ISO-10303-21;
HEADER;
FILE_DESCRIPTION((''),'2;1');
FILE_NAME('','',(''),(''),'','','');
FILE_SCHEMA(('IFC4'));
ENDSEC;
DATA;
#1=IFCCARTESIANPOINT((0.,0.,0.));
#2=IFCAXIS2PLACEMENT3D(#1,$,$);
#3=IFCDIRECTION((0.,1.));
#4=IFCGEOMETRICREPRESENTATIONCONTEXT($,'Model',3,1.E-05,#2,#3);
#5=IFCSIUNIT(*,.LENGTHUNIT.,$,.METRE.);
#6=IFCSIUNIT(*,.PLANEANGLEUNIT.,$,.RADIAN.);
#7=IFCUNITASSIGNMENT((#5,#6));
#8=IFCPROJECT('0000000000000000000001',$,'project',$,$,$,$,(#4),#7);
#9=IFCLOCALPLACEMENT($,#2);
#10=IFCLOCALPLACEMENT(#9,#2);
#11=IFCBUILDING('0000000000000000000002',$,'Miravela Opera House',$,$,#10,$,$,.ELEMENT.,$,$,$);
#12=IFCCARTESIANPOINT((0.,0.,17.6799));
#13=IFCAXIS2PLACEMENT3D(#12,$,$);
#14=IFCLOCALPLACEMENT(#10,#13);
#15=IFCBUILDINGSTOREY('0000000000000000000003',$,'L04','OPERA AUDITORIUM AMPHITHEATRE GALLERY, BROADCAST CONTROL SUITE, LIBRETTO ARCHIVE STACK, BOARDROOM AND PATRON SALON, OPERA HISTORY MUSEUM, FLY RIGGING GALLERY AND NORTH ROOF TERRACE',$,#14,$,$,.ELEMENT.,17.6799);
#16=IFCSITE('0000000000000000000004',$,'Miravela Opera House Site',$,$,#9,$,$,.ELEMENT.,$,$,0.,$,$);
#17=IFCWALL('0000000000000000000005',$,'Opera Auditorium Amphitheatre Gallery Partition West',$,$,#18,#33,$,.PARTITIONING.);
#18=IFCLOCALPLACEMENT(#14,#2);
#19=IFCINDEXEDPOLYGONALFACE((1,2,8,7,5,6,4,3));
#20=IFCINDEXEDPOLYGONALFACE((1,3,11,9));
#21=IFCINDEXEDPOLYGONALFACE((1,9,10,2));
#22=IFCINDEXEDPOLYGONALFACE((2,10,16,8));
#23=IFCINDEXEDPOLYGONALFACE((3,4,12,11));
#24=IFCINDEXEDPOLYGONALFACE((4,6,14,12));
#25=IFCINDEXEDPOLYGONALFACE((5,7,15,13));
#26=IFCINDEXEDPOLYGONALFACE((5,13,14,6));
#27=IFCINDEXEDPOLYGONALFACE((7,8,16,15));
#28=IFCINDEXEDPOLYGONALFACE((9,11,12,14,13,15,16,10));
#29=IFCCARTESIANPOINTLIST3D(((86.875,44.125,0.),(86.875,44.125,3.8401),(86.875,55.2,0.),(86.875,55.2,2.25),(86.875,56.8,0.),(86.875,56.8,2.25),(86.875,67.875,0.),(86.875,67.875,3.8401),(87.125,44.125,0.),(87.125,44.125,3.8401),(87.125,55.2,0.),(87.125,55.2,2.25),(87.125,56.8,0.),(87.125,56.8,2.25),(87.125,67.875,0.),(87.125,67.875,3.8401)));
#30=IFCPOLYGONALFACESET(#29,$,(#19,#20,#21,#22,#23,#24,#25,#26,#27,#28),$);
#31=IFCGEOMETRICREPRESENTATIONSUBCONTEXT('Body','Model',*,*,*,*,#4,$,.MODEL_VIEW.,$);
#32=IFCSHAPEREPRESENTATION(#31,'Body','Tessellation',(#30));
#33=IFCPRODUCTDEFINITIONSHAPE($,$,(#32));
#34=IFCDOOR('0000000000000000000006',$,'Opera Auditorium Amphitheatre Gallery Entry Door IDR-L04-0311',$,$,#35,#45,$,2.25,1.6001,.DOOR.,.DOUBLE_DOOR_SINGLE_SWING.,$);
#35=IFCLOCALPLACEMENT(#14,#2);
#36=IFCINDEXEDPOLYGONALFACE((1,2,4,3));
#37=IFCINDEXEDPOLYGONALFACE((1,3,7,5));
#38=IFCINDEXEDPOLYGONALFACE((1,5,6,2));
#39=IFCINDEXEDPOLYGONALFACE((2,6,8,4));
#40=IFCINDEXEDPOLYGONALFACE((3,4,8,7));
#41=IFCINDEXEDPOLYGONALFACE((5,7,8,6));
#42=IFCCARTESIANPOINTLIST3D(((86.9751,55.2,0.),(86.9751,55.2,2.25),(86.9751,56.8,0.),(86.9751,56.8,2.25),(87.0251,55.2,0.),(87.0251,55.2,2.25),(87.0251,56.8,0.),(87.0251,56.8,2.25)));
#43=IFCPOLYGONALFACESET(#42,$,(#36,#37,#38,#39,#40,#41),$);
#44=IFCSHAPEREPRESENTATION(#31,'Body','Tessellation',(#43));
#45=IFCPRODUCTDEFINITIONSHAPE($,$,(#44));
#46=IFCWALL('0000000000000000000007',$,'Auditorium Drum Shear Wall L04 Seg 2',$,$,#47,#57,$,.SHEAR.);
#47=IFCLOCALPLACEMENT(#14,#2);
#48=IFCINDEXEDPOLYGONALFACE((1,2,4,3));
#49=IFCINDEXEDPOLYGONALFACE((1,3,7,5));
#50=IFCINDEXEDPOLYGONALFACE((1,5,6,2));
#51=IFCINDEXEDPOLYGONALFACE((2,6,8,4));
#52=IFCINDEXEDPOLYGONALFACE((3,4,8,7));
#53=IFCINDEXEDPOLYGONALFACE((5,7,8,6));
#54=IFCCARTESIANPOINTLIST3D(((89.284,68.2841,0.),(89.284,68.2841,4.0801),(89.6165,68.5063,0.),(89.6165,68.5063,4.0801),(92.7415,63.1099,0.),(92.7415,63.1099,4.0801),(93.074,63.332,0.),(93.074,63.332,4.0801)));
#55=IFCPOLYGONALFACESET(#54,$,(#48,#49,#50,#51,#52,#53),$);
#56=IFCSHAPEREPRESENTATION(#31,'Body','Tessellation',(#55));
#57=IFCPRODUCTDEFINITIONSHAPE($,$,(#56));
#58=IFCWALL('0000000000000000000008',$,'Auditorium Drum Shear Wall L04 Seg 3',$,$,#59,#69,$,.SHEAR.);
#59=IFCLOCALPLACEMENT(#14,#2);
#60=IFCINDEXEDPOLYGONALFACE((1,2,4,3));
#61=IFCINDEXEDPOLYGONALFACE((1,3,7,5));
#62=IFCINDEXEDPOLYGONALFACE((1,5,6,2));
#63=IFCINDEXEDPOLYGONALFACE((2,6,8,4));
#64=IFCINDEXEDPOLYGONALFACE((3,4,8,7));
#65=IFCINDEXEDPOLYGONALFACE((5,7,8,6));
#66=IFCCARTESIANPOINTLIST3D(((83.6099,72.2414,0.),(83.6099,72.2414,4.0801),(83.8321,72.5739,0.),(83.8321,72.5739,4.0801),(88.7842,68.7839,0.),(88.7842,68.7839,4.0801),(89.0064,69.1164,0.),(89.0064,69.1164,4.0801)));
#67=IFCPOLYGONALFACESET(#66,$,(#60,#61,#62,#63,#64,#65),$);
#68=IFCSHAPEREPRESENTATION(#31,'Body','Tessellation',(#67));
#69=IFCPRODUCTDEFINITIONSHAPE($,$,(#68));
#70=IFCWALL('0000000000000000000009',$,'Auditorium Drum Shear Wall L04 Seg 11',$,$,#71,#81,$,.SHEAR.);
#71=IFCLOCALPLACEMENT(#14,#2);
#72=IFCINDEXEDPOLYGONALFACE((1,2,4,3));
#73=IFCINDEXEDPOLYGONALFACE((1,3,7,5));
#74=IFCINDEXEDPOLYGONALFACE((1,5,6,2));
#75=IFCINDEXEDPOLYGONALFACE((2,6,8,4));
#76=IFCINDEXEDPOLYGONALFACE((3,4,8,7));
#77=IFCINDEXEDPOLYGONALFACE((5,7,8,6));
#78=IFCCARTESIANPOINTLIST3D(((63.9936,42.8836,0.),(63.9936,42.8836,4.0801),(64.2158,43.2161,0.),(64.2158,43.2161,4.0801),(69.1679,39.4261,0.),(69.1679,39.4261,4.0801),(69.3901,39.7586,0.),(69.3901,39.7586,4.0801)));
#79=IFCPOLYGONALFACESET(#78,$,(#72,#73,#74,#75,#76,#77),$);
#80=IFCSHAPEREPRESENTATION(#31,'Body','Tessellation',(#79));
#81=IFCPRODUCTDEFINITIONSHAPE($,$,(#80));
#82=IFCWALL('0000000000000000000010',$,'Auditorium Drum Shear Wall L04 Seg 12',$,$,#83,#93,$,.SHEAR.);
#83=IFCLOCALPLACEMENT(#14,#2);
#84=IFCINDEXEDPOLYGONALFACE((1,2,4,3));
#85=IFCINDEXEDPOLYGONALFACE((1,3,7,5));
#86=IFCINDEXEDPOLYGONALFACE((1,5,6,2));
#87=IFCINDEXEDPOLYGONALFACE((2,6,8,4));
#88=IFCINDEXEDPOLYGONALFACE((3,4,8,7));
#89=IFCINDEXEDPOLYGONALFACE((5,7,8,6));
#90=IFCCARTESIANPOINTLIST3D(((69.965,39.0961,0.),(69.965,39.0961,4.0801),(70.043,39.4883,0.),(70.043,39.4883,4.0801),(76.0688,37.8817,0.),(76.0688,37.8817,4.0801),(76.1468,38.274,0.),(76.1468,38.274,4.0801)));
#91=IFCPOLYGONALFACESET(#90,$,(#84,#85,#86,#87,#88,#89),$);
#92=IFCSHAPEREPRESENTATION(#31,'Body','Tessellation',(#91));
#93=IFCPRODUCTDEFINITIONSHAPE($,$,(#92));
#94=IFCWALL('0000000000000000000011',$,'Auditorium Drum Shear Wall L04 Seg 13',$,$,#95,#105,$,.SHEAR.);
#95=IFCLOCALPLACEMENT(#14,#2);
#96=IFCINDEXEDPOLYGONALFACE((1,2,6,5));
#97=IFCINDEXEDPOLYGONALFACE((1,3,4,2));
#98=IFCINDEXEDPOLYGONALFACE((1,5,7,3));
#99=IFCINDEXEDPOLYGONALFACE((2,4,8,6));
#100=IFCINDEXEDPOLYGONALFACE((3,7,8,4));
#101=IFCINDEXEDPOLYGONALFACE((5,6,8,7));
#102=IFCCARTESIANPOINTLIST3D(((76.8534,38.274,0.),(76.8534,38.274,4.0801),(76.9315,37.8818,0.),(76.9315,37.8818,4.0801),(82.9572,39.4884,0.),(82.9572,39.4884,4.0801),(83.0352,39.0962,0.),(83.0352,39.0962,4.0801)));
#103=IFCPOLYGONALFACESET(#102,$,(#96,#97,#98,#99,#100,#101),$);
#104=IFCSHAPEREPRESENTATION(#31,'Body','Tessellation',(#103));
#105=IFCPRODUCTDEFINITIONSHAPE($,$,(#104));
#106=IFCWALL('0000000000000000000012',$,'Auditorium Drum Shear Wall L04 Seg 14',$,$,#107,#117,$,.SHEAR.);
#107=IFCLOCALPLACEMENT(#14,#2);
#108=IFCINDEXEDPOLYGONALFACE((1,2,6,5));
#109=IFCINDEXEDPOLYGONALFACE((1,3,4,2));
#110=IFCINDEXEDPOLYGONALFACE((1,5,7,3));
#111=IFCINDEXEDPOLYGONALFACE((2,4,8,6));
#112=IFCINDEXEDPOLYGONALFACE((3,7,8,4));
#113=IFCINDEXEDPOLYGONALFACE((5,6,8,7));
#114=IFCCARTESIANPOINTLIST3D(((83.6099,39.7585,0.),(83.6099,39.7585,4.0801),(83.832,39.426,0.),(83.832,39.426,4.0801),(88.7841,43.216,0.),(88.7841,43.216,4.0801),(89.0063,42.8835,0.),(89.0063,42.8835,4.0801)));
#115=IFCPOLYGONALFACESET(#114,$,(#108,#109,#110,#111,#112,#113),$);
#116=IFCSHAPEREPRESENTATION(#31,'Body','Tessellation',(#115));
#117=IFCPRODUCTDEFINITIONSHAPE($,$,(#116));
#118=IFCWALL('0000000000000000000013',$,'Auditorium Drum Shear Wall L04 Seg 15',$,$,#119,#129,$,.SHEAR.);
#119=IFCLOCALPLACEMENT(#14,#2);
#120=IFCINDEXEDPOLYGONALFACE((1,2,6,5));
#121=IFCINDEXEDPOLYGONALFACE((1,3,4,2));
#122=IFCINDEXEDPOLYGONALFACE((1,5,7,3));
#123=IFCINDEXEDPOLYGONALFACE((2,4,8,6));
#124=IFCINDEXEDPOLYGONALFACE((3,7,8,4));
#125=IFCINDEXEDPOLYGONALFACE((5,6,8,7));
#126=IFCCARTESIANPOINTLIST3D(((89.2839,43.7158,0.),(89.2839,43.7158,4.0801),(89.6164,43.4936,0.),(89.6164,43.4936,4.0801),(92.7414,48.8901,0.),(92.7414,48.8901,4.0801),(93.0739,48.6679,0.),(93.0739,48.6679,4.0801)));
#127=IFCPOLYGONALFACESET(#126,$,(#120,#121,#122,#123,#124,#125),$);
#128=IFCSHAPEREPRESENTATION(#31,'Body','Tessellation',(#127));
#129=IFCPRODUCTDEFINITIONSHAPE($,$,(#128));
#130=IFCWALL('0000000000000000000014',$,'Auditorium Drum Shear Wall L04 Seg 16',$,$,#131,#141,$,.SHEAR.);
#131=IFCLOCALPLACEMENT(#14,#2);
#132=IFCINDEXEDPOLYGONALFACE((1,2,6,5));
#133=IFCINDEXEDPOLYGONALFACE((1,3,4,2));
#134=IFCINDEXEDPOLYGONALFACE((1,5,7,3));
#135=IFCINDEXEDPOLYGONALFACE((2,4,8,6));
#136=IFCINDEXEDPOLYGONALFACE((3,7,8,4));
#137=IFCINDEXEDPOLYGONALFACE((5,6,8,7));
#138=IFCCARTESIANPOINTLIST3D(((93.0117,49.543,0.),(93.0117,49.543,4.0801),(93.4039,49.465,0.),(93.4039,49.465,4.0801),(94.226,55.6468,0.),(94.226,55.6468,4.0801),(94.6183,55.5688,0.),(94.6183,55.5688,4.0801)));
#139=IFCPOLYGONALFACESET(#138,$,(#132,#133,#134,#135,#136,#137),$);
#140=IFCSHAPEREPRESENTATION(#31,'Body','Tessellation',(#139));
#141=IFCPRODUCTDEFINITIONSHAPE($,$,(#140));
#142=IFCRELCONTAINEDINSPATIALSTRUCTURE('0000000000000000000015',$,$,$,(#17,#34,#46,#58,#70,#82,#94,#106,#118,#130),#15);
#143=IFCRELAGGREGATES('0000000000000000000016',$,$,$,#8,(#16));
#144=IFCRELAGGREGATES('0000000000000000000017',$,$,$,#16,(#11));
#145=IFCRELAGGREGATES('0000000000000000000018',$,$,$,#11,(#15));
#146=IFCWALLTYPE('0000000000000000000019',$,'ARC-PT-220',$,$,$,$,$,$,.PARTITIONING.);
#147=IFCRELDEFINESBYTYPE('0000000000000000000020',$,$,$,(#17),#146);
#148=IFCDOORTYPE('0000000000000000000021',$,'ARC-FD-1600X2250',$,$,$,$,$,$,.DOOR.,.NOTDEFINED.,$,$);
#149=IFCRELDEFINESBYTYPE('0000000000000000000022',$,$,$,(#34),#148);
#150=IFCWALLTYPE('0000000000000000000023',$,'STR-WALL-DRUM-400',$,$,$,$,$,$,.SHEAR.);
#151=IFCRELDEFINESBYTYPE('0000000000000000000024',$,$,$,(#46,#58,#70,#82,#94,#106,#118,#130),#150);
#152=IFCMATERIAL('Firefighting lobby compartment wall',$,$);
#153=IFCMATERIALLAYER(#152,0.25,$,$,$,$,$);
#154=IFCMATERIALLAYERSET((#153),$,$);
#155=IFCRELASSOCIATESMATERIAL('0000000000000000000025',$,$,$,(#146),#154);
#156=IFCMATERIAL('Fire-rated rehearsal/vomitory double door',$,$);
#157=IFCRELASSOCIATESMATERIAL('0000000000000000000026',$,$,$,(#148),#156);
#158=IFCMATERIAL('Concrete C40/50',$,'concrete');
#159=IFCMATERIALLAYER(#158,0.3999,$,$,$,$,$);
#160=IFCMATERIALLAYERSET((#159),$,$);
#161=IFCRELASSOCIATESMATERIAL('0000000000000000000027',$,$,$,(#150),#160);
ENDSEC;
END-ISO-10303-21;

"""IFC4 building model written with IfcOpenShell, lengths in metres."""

from ifc_helpers import new_model, si_unit, direction, frame, frame_2d, origin, place, context, subcontext, project, spatial, rectangle, extrude, material, layer, layer_set, type_object, element, fill, save


model = new_model("IFC4")

# Units and contexts
model_context = context("Model", 3, precision=1e-05, world=origin(), true_north=direction((0.0, 1.0)))
body_context = subcontext(model_context, "Body", "Model", "MODEL_VIEW")
ifc_project = project(units=[si_unit("LENGTHUNIT", "METRE"), si_unit("PLANEANGLEUNIT", "RADIAN")], contexts=[model_context])

# Site, building, storey
site_placement = place(None, origin())
site = spatial("IfcSite", under=ifc_project, at=site_placement, Name="Miravela Opera House Site", CompositionType="ELEMENT", RefElevation=0.0)
building_placement = place(site_placement, origin())
building = spatial("IfcBuilding", under=site, at=building_placement, Name="Miravela Opera House", CompositionType="ELEMENT")
storey_placement = place(building_placement, frame((0.0, 0.0, 17.6799)))
storey = spatial("IfcBuildingStorey", under=building, at=storey_placement, Name="L04", Description="OPERA AUDITORIUM AMPHITHEATRE GALLERY, BROADCAST CONTROL SUITE, LIBRETTO ARCHIVE STACK, BOARDROOM AND PATRON SALON, OPERA HISTORY MUSEUM, FLY RIGGING GALLERY AND NORTH ROOF TERRACE", CompositionType="ELEMENT", Elevation=17.6799)

# Shared definitions
ifc_material_1 = material(Name="Concrete C40/50", Category="concrete")

# Shared definitions
ifc_material_2 = material(Name="Firefighting lobby compartment wall")
ifc_layer_1 = layer(ifc_material_2, 0.25)
ifc_layer_set_1 = layer_set([ifc_layer_1])
wall_type_1 = type_object("IfcWallType", Name="ARC-PT-220", PredefinedType="PARTITIONING", material=ifc_layer_set_1)

# Wall, opening, door
wall_1_placement = place(storey_placement, frame((87.0, 44.125, 0.0), z_axis=(0.0, 0.0, 1.0), x_axis=(0.0, 1.0, 0.0)))
wall_1 = element("IfcWall", 1, at=wall_1_placement, inside=storey, type_object=wall_type_1, Name="Opera Auditorium Amphitheatre Gallery Partition West", PredefinedType="PARTITIONING", context=body_context, shape_type="SweptSolid", body=[
    extrude(rectangle(XDim=23.75, YDim=0.25, at=frame_2d((11.875, 0.0))), origin(), (0.0, 0.0, 1.0), 3.8401),
])
opening_placement = place(wall_1_placement, frame((11.075, 0.0, 0.0)))
opening = element("IfcOpeningElement", 2, at=opening_placement, cuts=wall_1, PredefinedType="OPENING", context=body_context, shape_type="SweptSolid", body=[
    extrude(rectangle(XDim=1.6001, YDim=2.25, at=frame_2d((0.8, 1.125))), frame((0.0, 0.135, 0.0), z_axis=(0.0, -1.0, 0.0), x_axis=(1.0, 0.0, 0.0)), (0.0, 0.0, 1.0), 0.27),
])
ifc_material_3 = material(Name="Fire-rated rehearsal/vomitory double door")
door_type = type_object("IfcDoorType", Name="ARC-FD-1600X2250", OperationType="NOTDEFINED", PredefinedType="DOOR", material=ifc_material_3)
door_placement = place(opening_placement, origin())
door = element("IfcDoor", 3, at=door_placement, inside=storey, type_object=door_type, Name="Opera Auditorium Amphitheatre Gallery Entry Door IDR-L04-0311", OperationType="DOUBLE_DOOR_SINGLE_SWING", OverallHeight=2.25, OverallWidth=1.6001, PredefinedType="DOOR", context=body_context, shape_type="SweptSolid", body=[
    extrude(rectangle(XDim=1.6001, YDim=2.25, at=frame_2d((0.8, 1.125))), frame((0.0, 0.0249, 0.0), z_axis=(0.0, -1.0, 0.0), x_axis=(1.0, 0.0, 0.0)), (0.0, 0.0, 1.0), 0.05),
])
fill(opening, door)

# Walls
ifc_layer_2 = layer(ifc_material_1, 0.3999)
ifc_layer_set_2 = layer_set([ifc_layer_2])
wall_type_2 = type_object("IfcWallType", Name="STR-WALL-DRUM-400", PredefinedType="SHEAR", material=ifc_layer_set_2)
for number, where, z_axis, x_axis, name in (
    (4, (92.9077, 63.2209, 0.0), (0.0, 0.0, 1.0), (-0.555587, 0.831458, 0.0), "Auditorium Drum Shear Wall L04 Seg 2"),
    (5, (88.8953, 68.9502, 0.0), (0.0, 0.0, 1.0), (-0.831458, 0.555587, 0.0), "Auditorium Drum Shear Wall L04 Seg 3"),
    (6, (64.1047, 43.0498, 0.0), (0.0, 0.0, 1.0), (0.831458, -0.555587, 0.0), "Auditorium Drum Shear Wall L04 Seg 11"),
):
    element("IfcWall", number, at=place(storey_placement, frame(where, z_axis=z_axis, x_axis=x_axis)), inside=storey, type_object=wall_type_2, Name=name, PredefinedType="SHEAR", context=body_context, shape_type="SweptSolid", body=[
        extrude(rectangle(XDim=6.2231, YDim=0.3999, at=frame_2d((3.1116, 0.0))), origin(), (0.0, 0.0, 1.0), 4.0801),
    ])
for number, where, z_axis, x_axis, name in (
    (7, (70.0039, 39.2922, 0.0), (0.0, 0.0, 1.0), (0.980778, -0.195128, 0.0), "Auditorium Drum Shear Wall L04 Seg 12"),
    (8, (76.8923, 38.0779, 0.0), (0.0, 0.0, 1.0), (0.980778, 0.195128, 0.0), "Auditorium Drum Shear Wall L04 Seg 13"),
):
    element("IfcWall", number, at=place(storey_placement, frame(where, z_axis=z_axis, x_axis=x_axis)), inside=storey, type_object=wall_type_2, Name=name, PredefinedType="SHEAR", context=body_context, shape_type="SweptSolid", body=[
        extrude(rectangle(XDim=6.2234, YDim=0.3999, at=frame_2d((3.1118, 0.0))), origin(), (0.0, 0.0, 1.0), 4.0801),
    ])
for number, where, z_axis, x_axis, name in (
    (9, (83.7209, 39.5923, 0.0), (0.0, 0.0, 1.0), (0.831458, 0.555587, 0.0), "Auditorium Drum Shear Wall L04 Seg 14"),
    (10, (89.4502, 43.6047, 0.0), (0.0, 0.0, 1.0), (0.555587, 0.831458, 0.0), "Auditorium Drum Shear Wall L04 Seg 15"),
):
    element("IfcWall", number, at=place(storey_placement, frame(where, z_axis=z_axis, x_axis=x_axis)), inside=storey, type_object=wall_type_2, Name=name, PredefinedType="SHEAR", context=body_context, shape_type="SweptSolid", body=[
        extrude(rectangle(XDim=6.2231, YDim=0.3999, at=frame_2d((3.1116, 0.0))), origin(), (0.0, 0.0, 1.0), 4.0801),
    ])
wall_2_placement = place(storey_placement, frame((93.2078, 49.5039, 0.0), z_axis=(0.0, 0.0, 1.0), x_axis=(0.195128, 0.980778, 0.0)))
element("IfcWall", 11, at=wall_2_placement, inside=storey, type_object=wall_type_2, Name="Auditorium Drum Shear Wall L04 Seg 16", PredefinedType="SHEAR", context=body_context, shape_type="SweptSolid", body=[
    extrude(rectangle(XDim=6.2234, YDim=0.3999, at=frame_2d((3.1118, 0.0))), origin(), (0.0, 0.0, 1.0), 4.0801),
])

save(model, "model.ifc")
